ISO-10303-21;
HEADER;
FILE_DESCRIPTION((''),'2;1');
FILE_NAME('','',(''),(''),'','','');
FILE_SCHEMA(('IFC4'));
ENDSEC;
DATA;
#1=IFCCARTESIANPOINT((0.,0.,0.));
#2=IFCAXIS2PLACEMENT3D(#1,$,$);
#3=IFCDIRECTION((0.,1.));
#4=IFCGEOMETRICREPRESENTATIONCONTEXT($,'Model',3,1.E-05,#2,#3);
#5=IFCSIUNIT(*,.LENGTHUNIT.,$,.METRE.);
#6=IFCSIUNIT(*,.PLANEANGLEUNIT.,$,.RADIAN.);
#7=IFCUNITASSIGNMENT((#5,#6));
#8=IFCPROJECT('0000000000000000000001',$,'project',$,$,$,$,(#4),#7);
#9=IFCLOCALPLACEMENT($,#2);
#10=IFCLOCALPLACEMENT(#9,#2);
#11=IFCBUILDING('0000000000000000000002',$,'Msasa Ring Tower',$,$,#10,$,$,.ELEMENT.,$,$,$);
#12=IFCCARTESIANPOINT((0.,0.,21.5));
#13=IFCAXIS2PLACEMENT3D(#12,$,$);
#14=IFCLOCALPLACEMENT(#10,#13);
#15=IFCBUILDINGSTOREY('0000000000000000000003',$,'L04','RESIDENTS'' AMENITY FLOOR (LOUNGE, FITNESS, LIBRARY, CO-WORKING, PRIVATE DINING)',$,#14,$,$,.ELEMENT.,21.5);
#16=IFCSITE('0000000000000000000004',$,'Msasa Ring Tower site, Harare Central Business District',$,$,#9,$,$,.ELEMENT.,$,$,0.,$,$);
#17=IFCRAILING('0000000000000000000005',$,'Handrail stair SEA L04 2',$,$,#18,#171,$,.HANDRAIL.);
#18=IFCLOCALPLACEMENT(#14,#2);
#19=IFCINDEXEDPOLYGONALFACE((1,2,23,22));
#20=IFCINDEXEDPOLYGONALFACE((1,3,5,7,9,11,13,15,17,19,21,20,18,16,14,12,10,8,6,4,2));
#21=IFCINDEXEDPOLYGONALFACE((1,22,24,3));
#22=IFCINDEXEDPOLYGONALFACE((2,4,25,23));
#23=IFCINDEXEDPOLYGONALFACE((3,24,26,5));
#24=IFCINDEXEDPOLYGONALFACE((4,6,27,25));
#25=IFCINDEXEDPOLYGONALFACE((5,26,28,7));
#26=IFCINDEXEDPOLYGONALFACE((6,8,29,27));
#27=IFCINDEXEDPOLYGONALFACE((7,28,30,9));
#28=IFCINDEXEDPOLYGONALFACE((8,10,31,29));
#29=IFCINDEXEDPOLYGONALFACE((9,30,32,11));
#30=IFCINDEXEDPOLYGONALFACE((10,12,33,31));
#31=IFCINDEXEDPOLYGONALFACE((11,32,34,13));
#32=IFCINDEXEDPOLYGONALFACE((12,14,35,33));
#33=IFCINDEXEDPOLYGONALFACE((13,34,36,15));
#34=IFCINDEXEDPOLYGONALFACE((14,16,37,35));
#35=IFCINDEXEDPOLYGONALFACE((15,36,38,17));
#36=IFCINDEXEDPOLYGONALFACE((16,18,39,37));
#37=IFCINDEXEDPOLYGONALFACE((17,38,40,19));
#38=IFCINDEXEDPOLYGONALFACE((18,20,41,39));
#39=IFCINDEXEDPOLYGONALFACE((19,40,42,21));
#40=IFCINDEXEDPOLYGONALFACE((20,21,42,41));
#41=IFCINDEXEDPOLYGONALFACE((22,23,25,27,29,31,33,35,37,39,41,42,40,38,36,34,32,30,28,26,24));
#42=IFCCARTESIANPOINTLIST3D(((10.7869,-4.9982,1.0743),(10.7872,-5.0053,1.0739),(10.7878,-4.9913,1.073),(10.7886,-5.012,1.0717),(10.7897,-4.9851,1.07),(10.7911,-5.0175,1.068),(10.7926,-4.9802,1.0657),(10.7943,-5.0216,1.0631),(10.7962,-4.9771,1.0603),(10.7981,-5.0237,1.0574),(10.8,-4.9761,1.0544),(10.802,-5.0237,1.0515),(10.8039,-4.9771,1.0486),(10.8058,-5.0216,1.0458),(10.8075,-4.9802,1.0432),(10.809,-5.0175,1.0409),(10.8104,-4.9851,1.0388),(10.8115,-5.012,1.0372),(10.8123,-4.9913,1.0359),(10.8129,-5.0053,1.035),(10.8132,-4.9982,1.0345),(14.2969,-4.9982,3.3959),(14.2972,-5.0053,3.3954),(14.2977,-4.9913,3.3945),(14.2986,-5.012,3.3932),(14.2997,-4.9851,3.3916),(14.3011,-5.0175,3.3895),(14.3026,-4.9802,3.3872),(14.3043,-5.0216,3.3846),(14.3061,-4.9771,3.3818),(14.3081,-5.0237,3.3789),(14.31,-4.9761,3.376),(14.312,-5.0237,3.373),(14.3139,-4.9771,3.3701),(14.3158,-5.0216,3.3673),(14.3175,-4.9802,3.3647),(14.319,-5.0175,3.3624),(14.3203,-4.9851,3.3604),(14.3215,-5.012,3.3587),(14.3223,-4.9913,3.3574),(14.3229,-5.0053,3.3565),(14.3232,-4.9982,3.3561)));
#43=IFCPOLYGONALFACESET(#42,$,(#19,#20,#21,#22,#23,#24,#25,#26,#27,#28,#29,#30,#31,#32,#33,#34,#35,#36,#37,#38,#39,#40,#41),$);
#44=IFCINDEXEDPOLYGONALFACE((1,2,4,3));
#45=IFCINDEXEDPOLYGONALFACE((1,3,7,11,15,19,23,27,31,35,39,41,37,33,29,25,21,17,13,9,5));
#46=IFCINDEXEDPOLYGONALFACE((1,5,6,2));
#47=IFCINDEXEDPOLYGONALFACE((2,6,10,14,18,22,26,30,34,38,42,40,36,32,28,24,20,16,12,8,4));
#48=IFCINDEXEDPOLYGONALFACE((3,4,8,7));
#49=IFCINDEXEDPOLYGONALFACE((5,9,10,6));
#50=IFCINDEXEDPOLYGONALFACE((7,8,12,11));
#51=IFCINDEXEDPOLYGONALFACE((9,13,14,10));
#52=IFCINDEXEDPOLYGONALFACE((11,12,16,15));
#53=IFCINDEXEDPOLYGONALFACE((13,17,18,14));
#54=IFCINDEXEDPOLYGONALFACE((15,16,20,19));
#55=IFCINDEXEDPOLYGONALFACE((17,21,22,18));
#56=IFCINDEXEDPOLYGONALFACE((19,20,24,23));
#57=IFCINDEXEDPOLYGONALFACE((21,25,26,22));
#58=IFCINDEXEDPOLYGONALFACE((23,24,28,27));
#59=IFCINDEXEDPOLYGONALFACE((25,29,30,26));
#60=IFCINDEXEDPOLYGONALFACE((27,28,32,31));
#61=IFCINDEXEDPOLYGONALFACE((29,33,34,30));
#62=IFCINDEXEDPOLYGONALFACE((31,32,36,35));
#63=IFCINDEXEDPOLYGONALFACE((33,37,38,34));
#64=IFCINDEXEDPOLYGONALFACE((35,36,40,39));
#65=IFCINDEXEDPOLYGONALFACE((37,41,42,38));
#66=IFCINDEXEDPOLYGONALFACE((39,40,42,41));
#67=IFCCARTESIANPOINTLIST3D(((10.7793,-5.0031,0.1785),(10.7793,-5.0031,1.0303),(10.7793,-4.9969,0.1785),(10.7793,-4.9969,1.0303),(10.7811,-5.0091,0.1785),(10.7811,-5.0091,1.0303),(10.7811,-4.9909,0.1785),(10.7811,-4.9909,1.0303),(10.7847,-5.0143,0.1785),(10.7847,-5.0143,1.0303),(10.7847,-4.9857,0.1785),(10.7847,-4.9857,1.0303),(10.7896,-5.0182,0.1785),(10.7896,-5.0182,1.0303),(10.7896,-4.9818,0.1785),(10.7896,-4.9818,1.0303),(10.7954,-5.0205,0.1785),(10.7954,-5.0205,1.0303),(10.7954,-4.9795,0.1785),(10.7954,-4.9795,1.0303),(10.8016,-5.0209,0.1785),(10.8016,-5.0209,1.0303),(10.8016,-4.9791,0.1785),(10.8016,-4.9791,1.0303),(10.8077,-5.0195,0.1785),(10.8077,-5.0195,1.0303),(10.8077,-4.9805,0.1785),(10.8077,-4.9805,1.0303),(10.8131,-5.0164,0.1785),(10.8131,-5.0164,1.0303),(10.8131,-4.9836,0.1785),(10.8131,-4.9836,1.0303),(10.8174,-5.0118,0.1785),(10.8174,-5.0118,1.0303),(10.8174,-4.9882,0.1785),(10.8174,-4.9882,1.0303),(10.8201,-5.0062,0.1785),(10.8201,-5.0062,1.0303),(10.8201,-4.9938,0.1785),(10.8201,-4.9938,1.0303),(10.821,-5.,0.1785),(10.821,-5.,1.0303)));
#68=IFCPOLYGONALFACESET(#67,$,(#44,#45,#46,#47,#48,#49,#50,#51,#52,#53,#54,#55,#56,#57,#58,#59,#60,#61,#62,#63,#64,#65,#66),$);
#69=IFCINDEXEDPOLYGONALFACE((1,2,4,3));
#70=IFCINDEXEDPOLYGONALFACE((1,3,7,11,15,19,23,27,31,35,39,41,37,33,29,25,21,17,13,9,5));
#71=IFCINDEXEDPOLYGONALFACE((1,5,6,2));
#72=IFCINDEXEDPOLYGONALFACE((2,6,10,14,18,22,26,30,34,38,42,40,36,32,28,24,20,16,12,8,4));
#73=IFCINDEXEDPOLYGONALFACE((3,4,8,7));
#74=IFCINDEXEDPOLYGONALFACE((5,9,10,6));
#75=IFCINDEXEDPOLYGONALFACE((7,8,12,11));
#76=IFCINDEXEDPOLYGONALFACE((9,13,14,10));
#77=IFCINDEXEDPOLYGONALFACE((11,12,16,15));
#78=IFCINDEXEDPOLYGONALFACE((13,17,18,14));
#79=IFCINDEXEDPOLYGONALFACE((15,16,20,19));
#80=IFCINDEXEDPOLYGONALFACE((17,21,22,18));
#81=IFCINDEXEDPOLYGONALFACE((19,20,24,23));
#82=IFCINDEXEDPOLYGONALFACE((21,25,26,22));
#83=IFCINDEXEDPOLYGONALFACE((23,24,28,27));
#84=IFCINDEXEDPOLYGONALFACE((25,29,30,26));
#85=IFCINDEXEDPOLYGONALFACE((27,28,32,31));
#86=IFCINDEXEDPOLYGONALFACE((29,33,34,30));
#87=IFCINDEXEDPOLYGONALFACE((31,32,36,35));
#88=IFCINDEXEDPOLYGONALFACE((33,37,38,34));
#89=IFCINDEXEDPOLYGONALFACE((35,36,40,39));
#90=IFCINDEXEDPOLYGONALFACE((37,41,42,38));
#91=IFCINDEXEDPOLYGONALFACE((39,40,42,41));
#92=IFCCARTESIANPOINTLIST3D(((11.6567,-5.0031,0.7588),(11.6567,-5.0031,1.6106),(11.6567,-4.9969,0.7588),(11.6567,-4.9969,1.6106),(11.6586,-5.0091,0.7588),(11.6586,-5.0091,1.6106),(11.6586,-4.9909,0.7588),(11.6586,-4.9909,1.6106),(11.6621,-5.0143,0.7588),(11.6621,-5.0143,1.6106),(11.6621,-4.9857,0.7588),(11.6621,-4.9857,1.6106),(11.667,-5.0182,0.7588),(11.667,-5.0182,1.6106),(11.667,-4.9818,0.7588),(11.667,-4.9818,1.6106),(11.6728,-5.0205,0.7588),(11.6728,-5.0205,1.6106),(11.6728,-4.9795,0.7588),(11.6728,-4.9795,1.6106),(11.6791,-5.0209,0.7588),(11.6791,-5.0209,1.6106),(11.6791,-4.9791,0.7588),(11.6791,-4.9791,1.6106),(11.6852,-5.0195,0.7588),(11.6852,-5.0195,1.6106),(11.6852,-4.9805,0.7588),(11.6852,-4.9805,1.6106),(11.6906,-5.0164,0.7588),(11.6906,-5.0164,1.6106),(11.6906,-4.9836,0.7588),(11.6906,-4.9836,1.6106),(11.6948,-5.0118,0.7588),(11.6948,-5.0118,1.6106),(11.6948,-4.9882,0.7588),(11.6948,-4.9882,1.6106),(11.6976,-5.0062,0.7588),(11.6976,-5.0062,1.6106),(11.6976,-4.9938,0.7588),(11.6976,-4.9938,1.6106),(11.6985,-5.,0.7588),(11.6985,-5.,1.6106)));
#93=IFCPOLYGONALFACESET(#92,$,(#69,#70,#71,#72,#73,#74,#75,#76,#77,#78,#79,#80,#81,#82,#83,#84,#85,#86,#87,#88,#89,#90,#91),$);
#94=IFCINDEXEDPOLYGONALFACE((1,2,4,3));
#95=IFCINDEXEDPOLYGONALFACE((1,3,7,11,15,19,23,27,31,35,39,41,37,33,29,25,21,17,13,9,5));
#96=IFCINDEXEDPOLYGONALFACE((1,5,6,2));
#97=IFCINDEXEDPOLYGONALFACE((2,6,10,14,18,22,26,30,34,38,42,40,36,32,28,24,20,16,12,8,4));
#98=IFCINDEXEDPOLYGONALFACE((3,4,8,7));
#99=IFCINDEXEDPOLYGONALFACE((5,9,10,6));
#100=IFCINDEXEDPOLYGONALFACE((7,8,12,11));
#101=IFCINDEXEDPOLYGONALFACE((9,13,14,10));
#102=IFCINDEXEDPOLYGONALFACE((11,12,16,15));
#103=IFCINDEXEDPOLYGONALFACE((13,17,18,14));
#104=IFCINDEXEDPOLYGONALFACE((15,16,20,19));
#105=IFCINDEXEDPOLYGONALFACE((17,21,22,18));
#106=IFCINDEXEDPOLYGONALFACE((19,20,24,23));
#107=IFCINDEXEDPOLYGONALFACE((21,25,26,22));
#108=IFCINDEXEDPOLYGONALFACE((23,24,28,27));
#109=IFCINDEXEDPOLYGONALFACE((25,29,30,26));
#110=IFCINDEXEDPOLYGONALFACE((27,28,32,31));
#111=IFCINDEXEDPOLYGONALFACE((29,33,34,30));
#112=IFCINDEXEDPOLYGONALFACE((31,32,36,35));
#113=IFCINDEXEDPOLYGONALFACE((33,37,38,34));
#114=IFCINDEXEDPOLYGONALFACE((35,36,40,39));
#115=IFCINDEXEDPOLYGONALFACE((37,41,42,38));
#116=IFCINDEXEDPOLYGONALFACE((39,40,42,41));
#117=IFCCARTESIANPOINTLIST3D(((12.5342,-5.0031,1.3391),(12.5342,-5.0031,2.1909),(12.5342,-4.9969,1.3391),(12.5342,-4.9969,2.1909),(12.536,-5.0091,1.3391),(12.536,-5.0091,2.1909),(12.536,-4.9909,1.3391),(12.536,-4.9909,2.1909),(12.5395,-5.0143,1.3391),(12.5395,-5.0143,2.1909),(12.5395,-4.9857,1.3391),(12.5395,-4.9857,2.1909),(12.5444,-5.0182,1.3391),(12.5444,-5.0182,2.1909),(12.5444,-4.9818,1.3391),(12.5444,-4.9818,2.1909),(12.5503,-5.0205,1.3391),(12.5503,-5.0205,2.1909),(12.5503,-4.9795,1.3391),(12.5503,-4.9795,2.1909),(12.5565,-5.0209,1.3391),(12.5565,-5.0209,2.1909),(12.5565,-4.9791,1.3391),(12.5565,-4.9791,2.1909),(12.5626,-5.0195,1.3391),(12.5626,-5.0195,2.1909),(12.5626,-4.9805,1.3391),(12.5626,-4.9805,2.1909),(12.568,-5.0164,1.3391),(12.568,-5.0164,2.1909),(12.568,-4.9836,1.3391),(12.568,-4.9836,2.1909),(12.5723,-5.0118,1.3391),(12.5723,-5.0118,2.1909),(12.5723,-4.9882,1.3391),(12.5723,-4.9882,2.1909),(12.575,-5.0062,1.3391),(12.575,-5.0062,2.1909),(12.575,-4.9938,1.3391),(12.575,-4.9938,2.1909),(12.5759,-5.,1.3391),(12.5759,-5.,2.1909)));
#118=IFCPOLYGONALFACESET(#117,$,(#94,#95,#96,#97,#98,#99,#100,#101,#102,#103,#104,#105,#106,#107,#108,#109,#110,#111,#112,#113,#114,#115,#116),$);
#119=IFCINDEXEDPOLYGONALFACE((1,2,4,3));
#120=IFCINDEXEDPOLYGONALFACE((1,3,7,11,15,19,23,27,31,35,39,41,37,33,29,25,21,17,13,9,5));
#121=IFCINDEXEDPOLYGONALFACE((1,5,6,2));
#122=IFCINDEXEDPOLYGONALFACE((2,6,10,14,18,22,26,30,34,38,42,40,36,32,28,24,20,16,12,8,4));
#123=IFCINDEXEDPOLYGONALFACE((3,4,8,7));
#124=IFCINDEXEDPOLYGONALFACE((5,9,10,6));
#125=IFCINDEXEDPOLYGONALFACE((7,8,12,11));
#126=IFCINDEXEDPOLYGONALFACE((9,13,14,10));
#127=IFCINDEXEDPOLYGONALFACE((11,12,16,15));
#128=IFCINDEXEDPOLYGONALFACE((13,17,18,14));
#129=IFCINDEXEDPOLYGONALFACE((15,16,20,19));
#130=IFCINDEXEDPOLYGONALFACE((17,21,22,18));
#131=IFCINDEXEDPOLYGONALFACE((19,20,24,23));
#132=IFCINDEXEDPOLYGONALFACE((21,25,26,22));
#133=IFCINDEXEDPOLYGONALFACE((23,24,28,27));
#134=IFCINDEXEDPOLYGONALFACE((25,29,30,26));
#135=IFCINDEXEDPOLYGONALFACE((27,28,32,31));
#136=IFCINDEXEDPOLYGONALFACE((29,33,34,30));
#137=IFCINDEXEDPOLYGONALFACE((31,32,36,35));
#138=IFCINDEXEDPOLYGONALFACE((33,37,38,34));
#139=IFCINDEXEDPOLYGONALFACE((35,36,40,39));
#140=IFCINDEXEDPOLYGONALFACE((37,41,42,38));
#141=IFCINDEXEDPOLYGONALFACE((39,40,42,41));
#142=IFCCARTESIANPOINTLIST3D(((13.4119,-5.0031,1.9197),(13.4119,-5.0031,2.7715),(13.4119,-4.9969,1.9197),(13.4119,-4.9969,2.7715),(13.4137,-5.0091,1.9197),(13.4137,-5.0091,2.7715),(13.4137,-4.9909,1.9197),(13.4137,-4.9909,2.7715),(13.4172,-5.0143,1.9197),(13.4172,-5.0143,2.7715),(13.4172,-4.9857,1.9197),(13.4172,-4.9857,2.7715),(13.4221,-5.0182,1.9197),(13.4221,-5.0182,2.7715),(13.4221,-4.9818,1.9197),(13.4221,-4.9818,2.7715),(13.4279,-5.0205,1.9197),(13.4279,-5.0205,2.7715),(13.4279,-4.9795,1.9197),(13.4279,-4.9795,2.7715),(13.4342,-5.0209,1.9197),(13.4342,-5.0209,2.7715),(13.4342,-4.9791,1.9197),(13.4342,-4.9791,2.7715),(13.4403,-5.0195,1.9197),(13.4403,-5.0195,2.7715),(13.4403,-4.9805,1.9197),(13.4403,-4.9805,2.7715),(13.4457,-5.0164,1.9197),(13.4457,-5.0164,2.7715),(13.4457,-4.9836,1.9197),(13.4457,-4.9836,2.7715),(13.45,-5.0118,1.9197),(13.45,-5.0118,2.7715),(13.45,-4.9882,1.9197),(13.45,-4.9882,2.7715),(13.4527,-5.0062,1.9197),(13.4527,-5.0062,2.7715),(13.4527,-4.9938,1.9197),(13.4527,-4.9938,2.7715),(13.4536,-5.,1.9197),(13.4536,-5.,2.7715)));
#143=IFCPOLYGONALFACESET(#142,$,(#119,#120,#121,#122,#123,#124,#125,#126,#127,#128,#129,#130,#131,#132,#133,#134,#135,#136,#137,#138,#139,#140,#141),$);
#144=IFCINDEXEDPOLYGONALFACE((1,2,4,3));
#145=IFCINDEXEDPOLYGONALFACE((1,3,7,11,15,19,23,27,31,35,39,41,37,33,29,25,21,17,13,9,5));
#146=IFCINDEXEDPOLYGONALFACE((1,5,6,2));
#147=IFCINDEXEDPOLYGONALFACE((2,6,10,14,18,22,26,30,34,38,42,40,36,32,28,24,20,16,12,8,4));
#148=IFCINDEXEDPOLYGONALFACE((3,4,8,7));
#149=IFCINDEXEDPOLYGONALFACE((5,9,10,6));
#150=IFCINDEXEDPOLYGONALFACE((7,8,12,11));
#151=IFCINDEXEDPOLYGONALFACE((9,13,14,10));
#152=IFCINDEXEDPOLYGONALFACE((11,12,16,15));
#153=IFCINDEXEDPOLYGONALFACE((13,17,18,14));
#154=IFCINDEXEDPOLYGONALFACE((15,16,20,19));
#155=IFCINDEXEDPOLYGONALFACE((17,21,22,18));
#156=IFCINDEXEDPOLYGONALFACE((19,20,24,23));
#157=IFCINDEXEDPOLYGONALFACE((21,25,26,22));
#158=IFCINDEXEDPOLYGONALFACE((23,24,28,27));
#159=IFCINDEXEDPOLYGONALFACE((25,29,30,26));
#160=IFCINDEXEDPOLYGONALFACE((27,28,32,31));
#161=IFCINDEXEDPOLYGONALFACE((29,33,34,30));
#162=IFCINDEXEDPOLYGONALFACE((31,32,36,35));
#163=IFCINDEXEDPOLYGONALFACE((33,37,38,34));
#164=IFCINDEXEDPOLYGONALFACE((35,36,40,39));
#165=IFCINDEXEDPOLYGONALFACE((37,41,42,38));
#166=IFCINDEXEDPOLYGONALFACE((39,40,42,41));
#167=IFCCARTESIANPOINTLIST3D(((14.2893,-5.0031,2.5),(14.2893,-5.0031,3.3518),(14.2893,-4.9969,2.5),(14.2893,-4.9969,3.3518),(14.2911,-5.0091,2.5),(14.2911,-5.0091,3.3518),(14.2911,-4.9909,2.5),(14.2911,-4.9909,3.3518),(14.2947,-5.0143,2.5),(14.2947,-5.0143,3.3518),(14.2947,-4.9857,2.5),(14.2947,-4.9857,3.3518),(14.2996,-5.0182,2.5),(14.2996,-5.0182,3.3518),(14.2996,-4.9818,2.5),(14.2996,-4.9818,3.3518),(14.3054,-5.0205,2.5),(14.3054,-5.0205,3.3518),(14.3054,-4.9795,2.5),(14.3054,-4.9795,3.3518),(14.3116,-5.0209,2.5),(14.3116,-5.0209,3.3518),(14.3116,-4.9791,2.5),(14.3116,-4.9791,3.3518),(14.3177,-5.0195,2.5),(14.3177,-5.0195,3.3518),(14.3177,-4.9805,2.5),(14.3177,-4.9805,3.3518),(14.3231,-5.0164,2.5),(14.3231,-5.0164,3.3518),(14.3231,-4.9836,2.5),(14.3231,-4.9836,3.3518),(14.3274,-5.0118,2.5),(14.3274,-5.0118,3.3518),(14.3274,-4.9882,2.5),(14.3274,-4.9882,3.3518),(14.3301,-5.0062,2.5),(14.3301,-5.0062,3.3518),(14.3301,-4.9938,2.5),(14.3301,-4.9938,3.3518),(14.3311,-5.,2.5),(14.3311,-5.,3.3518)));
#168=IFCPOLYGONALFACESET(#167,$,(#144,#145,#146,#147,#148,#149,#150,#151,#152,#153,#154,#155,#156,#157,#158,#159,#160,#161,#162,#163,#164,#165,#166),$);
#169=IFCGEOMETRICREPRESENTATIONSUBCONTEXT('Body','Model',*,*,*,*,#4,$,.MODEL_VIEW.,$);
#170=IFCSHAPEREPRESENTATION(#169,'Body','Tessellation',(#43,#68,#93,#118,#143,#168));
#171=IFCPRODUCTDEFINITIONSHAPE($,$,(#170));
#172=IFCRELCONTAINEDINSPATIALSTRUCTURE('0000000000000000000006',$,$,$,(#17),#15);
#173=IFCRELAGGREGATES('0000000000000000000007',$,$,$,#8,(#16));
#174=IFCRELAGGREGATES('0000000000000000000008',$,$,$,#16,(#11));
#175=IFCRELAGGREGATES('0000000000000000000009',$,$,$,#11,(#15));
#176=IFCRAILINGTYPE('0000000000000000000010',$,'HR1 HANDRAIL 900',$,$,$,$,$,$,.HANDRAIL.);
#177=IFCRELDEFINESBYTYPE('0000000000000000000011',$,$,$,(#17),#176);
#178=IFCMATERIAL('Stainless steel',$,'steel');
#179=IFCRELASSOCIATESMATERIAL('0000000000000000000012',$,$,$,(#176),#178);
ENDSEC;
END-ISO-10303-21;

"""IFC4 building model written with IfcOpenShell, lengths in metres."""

from ifc_helpers import new_model, si_unit, direction, frame, origin, origin_2d, place, context, subcontext, project, spatial, circle, extrude, material, type_object, element, save


model = new_model("IFC4")

# Units and contexts
model_context = context("Model", 3, precision=1e-05, world=origin(), true_north=direction((0.0, 1.0)))
body_context = subcontext(model_context, "Body", "Model", "MODEL_VIEW")
ifc_project = project(units=[si_unit("LENGTHUNIT", "METRE"), si_unit("PLANEANGLEUNIT", "RADIAN")], contexts=[model_context])

# Site, building, storey
site_placement = place(None, origin())
site = spatial("IfcSite", under=ifc_project, at=site_placement, Name="Msasa Ring Tower site, Harare Central Business District", CompositionType="ELEMENT", RefElevation=0.0)
building_placement = place(site_placement, origin())
building = spatial("IfcBuilding", under=site, at=building_placement, Name="Msasa Ring Tower", CompositionType="ELEMENT")
storey_placement = place(building_placement, frame((0.0, 0.0, 21.5)))
storey = spatial("IfcBuildingStorey", under=building, at=storey_placement, Name="L04", Description="RESIDENTS' AMENITY FLOOR (LOUNGE, FITNESS, LIBRARY, CO-WORKING, PRIVATE DINING)", CompositionType="ELEMENT", Elevation=21.5)

# Railing
ifc_material_1 = material(Name="Stainless steel", Category="steel")
railing_type = type_object("IfcRailingType", Name="HR1 HANDRAIL 900", PredefinedType="HANDRAIL", material=ifc_material_1)
for number, where, name in (
    (1, (10.8, -5.0, 0.1785), "Handrail stair SEA L04 2"),
):
    element("IfcRailing", number, at=place(storey_placement, frame(where)), inside=storey, type_object=railing_type, Name=name, PredefinedType="HANDRAIL", context=body_context, shape_type="SweptSolid", body=[
        extrude(circle(Radius=0.0239, at=origin_2d()), frame((0.0, 0.0, 0.876), z_axis=(0.834071, 0.0, 0.551657), x_axis=(0.0, 1.0, 0.0)), (0.0, 0.0, 1.0), 4.2083),
        extrude(circle(Radius=0.021, at=origin_2d()), origin(), (0.0, 0.0, 1.0), 0.8518),
        extrude(circle(Radius=0.021, at=origin_2d()), frame((0.8774, 0.0, 0.5803)), (0.0, 0.0, 1.0), 0.8518),
        extrude(circle(Radius=0.021, at=origin_2d()), frame((1.7549, 0.0, 1.1606)), (0.0, 0.0, 1.0), 0.8518),
        extrude(circle(Radius=0.021, at=origin_2d()), frame((2.6326, 0.0, 1.7412)), (0.0, 0.0, 1.0), 0.8518),
        extrude(circle(Radius=0.021, at=origin_2d()), frame((3.51, 0.0, 2.3215)), (0.0, 0.0, 1.0), 0.8518),
    ])

save(model, "model.ifc")
